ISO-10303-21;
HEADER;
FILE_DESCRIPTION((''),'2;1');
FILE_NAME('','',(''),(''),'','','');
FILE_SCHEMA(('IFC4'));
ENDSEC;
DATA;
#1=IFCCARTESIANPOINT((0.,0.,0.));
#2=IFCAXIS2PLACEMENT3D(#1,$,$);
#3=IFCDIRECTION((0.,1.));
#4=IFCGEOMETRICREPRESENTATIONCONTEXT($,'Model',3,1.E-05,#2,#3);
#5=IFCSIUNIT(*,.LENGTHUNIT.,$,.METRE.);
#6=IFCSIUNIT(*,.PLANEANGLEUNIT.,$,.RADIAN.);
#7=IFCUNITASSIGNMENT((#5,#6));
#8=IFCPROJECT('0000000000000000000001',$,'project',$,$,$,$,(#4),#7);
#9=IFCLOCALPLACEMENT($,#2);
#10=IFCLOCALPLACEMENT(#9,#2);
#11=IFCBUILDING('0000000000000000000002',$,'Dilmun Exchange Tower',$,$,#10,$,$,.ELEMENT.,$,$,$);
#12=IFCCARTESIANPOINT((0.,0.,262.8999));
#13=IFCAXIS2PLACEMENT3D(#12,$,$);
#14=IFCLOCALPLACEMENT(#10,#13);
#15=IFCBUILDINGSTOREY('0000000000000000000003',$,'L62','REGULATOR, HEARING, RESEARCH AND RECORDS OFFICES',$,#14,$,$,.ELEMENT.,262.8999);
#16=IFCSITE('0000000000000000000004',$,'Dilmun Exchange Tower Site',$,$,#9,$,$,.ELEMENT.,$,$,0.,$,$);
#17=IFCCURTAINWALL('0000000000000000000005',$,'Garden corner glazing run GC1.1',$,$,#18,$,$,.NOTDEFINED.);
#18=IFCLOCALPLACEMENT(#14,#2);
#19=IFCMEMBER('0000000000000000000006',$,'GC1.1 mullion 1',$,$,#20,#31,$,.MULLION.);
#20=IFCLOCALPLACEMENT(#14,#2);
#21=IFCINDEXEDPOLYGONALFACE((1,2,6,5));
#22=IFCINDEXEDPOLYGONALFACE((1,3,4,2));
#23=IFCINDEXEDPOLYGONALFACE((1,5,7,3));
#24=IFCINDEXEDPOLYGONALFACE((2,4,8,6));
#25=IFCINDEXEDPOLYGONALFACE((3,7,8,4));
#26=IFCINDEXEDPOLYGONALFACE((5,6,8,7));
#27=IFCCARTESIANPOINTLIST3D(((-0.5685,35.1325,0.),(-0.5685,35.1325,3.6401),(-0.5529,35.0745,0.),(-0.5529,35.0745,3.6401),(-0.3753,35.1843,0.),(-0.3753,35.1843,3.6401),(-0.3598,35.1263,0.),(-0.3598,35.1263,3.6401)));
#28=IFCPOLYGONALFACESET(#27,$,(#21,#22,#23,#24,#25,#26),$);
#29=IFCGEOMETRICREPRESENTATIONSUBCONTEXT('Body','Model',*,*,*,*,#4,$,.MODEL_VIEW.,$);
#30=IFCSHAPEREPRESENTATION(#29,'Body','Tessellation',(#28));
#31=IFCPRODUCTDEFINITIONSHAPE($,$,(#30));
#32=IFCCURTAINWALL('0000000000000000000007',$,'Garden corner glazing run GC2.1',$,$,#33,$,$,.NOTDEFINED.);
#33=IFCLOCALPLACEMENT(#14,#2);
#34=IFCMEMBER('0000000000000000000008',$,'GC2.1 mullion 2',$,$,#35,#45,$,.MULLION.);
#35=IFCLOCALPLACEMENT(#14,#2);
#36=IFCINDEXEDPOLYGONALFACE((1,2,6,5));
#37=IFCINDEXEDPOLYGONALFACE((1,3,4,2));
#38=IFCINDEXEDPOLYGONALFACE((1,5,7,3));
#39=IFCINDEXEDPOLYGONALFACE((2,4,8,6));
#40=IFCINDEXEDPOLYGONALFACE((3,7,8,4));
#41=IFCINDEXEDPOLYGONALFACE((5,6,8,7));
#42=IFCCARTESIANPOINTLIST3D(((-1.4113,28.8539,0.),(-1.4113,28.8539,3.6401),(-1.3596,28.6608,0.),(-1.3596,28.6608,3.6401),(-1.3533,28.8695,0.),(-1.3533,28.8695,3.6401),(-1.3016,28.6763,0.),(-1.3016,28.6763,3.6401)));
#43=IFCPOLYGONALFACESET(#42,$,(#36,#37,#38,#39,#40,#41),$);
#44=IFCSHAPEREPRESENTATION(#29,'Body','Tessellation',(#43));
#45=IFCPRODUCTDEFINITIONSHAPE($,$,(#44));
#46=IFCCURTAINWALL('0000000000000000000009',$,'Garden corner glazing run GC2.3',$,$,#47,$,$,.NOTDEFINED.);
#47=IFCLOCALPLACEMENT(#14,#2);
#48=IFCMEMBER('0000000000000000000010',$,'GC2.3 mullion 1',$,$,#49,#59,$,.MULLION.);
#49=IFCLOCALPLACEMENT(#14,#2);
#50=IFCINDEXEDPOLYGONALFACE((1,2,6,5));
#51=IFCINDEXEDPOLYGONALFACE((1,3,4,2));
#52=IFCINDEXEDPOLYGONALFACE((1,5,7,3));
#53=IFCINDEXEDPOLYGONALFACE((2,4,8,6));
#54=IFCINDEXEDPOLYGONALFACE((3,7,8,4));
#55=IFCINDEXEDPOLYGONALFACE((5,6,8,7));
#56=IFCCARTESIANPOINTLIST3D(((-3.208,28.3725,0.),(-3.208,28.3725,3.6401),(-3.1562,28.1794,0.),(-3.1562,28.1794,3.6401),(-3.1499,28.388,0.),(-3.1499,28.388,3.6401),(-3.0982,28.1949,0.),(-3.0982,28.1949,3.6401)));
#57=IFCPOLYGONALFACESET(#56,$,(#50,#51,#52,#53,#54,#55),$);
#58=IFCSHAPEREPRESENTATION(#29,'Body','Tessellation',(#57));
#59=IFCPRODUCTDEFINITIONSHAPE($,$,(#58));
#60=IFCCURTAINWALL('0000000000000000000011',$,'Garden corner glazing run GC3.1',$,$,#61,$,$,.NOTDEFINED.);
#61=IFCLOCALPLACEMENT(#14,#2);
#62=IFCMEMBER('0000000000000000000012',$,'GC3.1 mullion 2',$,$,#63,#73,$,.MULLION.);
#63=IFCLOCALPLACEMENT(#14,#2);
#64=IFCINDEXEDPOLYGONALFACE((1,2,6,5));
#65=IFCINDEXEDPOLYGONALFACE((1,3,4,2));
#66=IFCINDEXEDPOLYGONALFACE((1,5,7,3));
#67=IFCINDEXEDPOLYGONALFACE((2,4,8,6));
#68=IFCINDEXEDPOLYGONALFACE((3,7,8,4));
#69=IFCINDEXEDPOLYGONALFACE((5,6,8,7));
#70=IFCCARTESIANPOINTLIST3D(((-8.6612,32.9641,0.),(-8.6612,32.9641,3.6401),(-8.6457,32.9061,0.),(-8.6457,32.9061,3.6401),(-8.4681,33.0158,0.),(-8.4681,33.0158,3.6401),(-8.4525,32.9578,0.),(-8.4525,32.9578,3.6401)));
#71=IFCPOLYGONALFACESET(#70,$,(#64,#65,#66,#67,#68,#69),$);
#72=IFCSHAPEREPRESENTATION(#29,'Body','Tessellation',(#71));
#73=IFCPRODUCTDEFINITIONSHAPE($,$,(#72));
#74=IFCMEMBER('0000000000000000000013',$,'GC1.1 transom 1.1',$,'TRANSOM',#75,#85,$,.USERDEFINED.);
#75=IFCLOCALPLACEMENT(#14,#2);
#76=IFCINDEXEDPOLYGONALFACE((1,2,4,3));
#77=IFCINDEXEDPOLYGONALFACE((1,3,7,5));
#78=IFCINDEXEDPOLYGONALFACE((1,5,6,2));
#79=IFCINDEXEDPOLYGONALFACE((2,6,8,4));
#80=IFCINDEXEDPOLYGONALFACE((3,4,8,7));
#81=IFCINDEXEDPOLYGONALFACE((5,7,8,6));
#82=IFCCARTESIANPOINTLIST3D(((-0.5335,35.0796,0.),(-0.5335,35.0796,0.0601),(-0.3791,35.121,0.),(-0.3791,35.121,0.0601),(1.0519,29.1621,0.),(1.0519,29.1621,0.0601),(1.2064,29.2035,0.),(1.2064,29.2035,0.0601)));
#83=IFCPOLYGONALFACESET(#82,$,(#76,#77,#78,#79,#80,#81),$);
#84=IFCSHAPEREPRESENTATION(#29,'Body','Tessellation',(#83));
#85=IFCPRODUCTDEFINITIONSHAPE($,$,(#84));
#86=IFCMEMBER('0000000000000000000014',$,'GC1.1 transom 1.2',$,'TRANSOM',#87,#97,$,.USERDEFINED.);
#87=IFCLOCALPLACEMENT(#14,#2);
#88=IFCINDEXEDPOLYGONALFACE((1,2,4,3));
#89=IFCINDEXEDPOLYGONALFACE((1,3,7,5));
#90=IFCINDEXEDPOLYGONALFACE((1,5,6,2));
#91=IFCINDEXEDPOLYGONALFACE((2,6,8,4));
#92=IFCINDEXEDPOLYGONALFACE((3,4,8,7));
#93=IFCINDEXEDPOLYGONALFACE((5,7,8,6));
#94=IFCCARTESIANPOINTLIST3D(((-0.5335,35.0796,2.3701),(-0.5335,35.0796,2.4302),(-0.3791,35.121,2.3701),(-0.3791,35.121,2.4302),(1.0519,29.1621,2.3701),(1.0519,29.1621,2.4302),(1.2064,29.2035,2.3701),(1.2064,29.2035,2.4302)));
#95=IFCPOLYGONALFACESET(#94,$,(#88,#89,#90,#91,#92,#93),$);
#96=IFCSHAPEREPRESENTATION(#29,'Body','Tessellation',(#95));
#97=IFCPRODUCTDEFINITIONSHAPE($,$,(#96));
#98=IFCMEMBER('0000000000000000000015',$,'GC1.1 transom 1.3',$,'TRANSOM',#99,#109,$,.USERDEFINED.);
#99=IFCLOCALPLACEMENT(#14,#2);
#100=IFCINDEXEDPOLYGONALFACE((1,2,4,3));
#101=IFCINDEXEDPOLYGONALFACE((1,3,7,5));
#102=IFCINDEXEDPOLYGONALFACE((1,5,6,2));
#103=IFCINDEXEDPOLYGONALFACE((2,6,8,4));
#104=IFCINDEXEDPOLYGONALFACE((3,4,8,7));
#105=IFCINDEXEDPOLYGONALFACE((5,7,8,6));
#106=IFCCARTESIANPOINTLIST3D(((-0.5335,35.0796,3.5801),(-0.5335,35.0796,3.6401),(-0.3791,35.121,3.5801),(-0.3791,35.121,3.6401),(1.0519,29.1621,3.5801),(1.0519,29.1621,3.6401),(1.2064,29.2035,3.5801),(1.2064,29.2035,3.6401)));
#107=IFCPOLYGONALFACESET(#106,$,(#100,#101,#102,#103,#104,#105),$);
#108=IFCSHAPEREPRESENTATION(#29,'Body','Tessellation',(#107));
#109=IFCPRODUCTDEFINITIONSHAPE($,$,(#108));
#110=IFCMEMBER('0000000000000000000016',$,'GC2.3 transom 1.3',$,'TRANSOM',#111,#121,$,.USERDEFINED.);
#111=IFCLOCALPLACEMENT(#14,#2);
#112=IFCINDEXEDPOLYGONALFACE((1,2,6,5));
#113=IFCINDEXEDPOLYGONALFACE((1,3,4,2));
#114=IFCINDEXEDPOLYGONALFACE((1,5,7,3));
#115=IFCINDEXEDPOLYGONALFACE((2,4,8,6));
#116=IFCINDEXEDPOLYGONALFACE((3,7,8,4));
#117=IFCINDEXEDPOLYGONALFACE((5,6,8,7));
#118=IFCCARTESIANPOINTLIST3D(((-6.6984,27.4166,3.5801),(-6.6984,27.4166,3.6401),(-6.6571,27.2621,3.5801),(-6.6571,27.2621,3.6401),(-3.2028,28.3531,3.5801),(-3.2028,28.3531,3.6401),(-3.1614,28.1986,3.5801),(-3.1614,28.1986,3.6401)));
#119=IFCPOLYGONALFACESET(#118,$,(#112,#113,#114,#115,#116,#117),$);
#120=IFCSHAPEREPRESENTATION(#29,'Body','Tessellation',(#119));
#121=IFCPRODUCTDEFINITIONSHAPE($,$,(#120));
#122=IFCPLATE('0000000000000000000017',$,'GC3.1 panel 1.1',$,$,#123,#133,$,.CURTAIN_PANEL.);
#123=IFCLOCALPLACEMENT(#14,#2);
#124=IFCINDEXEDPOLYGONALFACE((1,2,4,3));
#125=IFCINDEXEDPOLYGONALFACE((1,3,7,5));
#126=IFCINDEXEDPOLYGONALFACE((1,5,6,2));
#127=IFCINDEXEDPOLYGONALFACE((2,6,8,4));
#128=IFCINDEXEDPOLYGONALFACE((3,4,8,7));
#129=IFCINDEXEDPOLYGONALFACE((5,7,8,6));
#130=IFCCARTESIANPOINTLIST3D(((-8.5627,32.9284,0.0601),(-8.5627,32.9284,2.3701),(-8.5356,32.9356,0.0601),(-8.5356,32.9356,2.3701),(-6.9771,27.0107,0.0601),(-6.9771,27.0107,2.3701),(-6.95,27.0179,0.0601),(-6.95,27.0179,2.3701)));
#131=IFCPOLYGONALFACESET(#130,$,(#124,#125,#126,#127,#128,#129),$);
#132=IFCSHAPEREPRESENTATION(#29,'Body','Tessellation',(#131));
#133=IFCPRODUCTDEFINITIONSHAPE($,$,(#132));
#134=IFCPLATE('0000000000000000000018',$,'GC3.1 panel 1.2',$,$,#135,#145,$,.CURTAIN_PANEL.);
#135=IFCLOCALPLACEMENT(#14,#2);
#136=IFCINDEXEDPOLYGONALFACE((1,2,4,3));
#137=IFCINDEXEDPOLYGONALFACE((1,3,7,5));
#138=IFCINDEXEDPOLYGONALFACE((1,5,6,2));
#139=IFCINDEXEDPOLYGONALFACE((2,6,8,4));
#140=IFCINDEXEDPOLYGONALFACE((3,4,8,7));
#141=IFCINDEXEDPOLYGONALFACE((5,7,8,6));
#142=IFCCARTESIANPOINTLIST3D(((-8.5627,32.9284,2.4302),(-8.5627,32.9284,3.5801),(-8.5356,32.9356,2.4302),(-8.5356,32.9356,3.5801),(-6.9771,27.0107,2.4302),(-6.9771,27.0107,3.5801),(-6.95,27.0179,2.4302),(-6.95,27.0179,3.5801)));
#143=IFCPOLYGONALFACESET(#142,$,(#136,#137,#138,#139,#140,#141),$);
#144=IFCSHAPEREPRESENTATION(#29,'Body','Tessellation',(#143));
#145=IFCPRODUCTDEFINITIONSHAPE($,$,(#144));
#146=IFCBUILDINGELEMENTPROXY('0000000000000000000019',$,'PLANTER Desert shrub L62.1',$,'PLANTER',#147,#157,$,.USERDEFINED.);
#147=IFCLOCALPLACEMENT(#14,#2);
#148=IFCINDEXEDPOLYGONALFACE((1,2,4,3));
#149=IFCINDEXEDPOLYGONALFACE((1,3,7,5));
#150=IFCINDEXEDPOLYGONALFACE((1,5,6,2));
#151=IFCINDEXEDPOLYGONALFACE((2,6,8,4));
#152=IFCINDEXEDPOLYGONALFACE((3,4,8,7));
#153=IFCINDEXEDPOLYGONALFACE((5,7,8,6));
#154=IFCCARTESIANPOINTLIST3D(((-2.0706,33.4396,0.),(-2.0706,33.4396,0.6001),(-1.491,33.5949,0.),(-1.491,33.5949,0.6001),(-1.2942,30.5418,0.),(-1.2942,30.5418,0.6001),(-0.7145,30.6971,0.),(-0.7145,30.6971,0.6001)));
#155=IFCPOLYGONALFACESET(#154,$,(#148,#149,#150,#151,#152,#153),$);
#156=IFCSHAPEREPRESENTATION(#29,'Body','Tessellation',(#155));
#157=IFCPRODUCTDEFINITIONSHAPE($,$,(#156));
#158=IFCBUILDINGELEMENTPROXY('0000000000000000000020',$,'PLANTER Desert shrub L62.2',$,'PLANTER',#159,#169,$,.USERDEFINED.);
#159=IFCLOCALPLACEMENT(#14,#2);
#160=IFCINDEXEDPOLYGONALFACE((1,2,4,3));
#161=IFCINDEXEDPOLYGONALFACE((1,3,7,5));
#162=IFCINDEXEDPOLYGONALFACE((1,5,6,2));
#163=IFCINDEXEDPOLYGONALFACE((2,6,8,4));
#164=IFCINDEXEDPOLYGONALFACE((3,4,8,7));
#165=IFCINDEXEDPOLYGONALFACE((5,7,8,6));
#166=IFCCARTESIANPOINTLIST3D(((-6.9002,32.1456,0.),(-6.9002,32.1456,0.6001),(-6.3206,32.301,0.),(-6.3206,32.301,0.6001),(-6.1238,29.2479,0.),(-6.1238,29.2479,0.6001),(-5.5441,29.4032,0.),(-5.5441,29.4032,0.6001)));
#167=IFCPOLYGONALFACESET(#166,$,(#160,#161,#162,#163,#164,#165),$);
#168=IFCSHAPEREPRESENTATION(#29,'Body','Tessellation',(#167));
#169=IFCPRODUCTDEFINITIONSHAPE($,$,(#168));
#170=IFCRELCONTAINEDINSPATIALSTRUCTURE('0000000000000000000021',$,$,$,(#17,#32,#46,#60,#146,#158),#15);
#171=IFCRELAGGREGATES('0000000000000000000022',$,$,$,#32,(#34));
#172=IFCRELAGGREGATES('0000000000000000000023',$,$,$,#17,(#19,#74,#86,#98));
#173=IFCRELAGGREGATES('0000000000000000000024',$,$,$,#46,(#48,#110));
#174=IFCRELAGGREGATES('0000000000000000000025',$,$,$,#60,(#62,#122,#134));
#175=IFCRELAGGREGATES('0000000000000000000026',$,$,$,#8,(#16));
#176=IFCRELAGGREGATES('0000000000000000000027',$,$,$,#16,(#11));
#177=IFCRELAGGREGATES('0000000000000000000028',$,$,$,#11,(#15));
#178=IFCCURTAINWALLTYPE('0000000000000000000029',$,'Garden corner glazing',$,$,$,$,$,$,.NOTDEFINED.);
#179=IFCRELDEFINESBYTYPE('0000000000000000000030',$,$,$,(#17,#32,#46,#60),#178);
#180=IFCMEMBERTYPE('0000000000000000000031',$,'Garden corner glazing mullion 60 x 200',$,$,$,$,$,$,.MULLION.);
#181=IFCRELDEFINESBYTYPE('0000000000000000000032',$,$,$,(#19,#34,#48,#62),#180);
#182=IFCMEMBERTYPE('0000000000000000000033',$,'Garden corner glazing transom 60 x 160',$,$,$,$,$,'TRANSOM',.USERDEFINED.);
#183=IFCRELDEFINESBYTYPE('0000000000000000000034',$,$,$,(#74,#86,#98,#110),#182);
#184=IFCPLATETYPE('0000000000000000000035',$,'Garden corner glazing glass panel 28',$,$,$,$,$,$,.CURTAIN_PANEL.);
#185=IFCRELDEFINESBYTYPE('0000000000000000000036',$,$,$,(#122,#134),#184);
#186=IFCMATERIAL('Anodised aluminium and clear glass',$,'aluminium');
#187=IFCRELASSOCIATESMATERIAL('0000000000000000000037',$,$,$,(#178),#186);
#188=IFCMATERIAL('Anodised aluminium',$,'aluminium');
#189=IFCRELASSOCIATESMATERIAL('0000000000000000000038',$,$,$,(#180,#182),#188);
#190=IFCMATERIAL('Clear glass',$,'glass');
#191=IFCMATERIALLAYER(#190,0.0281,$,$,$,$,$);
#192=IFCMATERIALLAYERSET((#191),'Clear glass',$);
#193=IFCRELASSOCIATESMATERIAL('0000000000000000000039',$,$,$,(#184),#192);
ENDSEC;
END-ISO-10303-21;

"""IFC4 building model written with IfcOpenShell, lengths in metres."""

from ifc_helpers import new_model, si_unit, direction, frame, origin, origin_2d, place, context, subcontext, project, spatial, rectangle, extrude, material, layer, layer_set, material_profile, profile_set, type_object, element, aggregate, save


model = new_model("IFC4")

# Units and contexts
model_context = context("Model", 3, precision=1e-05, world=origin(), true_north=direction((0.0, 1.0)))
body_context = subcontext(model_context, "Body", "Model", "MODEL_VIEW")
ifc_project = project(units=[si_unit("LENGTHUNIT", "METRE"), si_unit("PLANEANGLEUNIT", "RADIAN")], contexts=[model_context])

# Site, building, storey
site_placement = place(None, origin())
site = spatial("IfcSite", under=ifc_project, at=site_placement, Name="Dilmun Exchange Tower Site", CompositionType="ELEMENT", RefElevation=0.0)
building_placement = place(site_placement, origin())
building = spatial("IfcBuilding", under=site, at=building_placement, Name="Dilmun Exchange Tower", CompositionType="ELEMENT")
storey_placement = place(building_placement, frame((0.0, 0.0, 262.8999)))
storey = spatial("IfcBuildingStorey", under=building, at=storey_placement, Name="L62", Description="REGULATOR, HEARING, RESEARCH AND RECORDS OFFICES", CompositionType="ELEMENT", Elevation=262.8999)

# Curtain walls, members
ifc_material_1 = material(Name="Anodised aluminium and clear glass", Category="aluminium")
curtain_wall_type = type_object("IfcCurtainWallType", Name="Garden corner glazing", PredefinedType="NOTDEFINED", material=ifc_material_1)
curtain_wall_1_placement = place(storey_placement, origin())
curtain_wall_1 = element("IfcCurtainWall", 1, at=curtain_wall_1_placement, inside=storey, type_object=curtain_wall_type, Name="Garden corner glazing run GC1.1", PredefinedType="NOTDEFINED")
ifc_material_2 = material(Name="Anodised aluminium", Category="aluminium")
ifc_material_profile_1 = material_profile(ifc_material_2, rectangle(XDim=0.2, YDim=0.0601, at=origin_2d()), Name="AL 60x200")
ifc_profile_set_1 = profile_set([ifc_material_profile_1], Name="Anodised aluminium")
member_type_1 = type_object("IfcMemberType", Name="Garden corner glazing mullion 60 x 200", PredefinedType="MULLION", material=ifc_profile_set_1)
member_1_placement = place(storey_placement, frame((-0.4641, 35.1294, 0.0), z_axis=(0.0, 0.0, 1.0), x_axis=(0.965926, 0.258819, 0.0)))
member_1 = element("IfcMember", 2, at=member_1_placement, type_object=member_type_1, Name="GC1.1 mullion 1", PredefinedType="MULLION", context=body_context, shape_type="SweptSolid", body=[
    extrude(rectangle(XDim=0.2, YDim=0.0601, at=origin_2d()), origin(), (0.0, 0.0, 1.0), 3.6401),
])
curtain_wall_2_placement = place(storey_placement, origin())
curtain_wall_2 = element("IfcCurtainWall", 3, at=curtain_wall_2_placement, inside=storey, type_object=curtain_wall_type, Name="Garden corner glazing run GC2.1", PredefinedType="NOTDEFINED")
member_2_placement = place(storey_placement, frame((-1.3564, 28.7651, 0.0), z_axis=(0.0, 0.0, 1.0), x_axis=(0.25881, -0.965928, 0.0)))
member_2 = element("IfcMember", 4, at=member_2_placement, type_object=member_type_1, Name="GC2.1 mullion 2", PredefinedType="MULLION", context=body_context, shape_type="SweptSolid", body=[
    extrude(rectangle(XDim=0.2, YDim=0.0601, at=origin_2d()), origin(), (0.0, 0.0, 1.0), 3.6401),
])
aggregate(curtain_wall_2, [member_2])
curtain_wall_3_placement = place(storey_placement, origin())
curtain_wall_3 = element("IfcCurtainWall", 5, at=curtain_wall_3_placement, inside=storey, type_object=curtain_wall_type, Name="Garden corner glazing run GC2.3", PredefinedType="NOTDEFINED")
member_3_placement = place(storey_placement, frame((-3.1531, 28.2837, 0.0), z_axis=(0.0, 0.0, 1.0), x_axis=(0.258813, -0.965928, 0.0)))
member_3 = element("IfcMember", 6, at=member_3_placement, type_object=member_type_1, Name="GC2.3 mullion 1", PredefinedType="MULLION", context=body_context, shape_type="SweptSolid", body=[
    extrude(rectangle(XDim=0.2, YDim=0.0601, at=origin_2d()), origin(), (0.0, 0.0, 1.0), 3.6401),
])
curtain_wall_4_placement = place(storey_placement, origin())
curtain_wall_4 = element("IfcCurtainWall", 7, at=curtain_wall_4_placement, inside=storey, type_object=curtain_wall_type, Name="Garden corner glazing run GC3.1", PredefinedType="NOTDEFINED")
member_4_placement = place(storey_placement, frame((-8.5569, 32.9609, 0.0), z_axis=(0.0, 0.0, 1.0), x_axis=(-0.965926, -0.258819, 0.0)))
member_4 = element("IfcMember", 8, at=member_4_placement, type_object=member_type_1, Name="GC3.1 mullion 2", PredefinedType="MULLION", context=body_context, shape_type="SweptSolid", body=[
    extrude(rectangle(XDim=0.2, YDim=0.0601, at=origin_2d()), origin(), (0.0, 0.0, 1.0), 3.6401),
])

# Members
ifc_material_profile_2 = material_profile(ifc_material_2, rectangle(XDim=0.1599, YDim=0.0601, at=origin_2d()), Name="AL 60x160")
ifc_profile_set_2 = profile_set([ifc_material_profile_2], Name="Anodised aluminium")
member_type_2 = type_object("IfcMemberType", Name="Garden corner glazing transom 60 x 160", ElementType="TRANSOM", PredefinedType="USERDEFINED", material=ifc_profile_set_2)
member_5_placement = place(storey_placement, frame((-0.4563, 35.1003, 0.03), z_axis=(0.258799, -0.965931, 0.0), x_axis=(0.965931, 0.258799, 0.0)))
member_5 = element("IfcMember", 9, at=member_5_placement, type_object=member_type_2, Name="GC1.1 transom 1.1", ObjectType="TRANSOM", PredefinedType="USERDEFINED", context=body_context, shape_type="SweptSolid", body=[
    extrude(rectangle(XDim=0.1599, YDim=0.0601, at=origin_2d()), origin(), (0.0, 0.0, 1.0), 6.1262),
])
member_6_placement = place(storey_placement, frame((-0.4563, 35.1003, 2.4001), z_axis=(0.258799, -0.965931, 0.0), x_axis=(0.965931, 0.258799, 0.0)))
member_6 = element("IfcMember", 10, at=member_6_placement, type_object=member_type_2, Name="GC1.1 transom 1.2", ObjectType="TRANSOM", PredefinedType="USERDEFINED", context=body_context, shape_type="SweptSolid", body=[
    extrude(rectangle(XDim=0.1599, YDim=0.0601, at=origin_2d()), origin(), (0.0, 0.0, 1.0), 6.1262),
])
member_7_placement = place(storey_placement, frame((-0.4563, 35.1003, 3.6101), z_axis=(0.258799, -0.965931, 0.0), x_axis=(0.965931, 0.258799, 0.0)))
member_7 = element("IfcMember", 11, at=member_7_placement, type_object=member_type_2, Name="GC1.1 transom 1.3", ObjectType="TRANSOM", PredefinedType="USERDEFINED", context=body_context, shape_type="SweptSolid", body=[
    extrude(rectangle(XDim=0.1599, YDim=0.0601, at=origin_2d()), origin(), (0.0, 0.0, 1.0), 6.1262),
])
aggregate(curtain_wall_1, [member_1, member_5, member_6, member_7])
member_8_placement = place(storey_placement, frame((-3.1821, 28.2759, 3.6101), z_axis=(-0.965934, -0.258788, 0.0), x_axis=(0.258788, -0.965934, 0.0)))
member_8 = element("IfcMember", 12, at=member_8_placement, type_object=member_type_2, Name="GC2.3 transom 1.3", ObjectType="TRANSOM", PredefinedType="USERDEFINED", context=body_context, shape_type="SweptSolid", body=[
    extrude(rectangle(XDim=0.1599, YDim=0.0601, at=origin_2d()), origin(), (0.0, 0.0, 1.0), 3.6189),
])
aggregate(curtain_wall_3, [member_3, member_8])

# Plates
ifc_material_3 = material(Name="Clear glass", Category="glass")
ifc_layer_1 = layer(ifc_material_3, 0.0281)
ifc_layer_set_1 = layer_set([ifc_layer_1], Name="Clear glass")
plate_type = type_object("IfcPlateType", Name="Garden corner glazing glass panel 28", PredefinedType="CURTAIN_PANEL", material=ifc_layer_set_1)
plate_1_placement = place(storey_placement, frame((-7.7563, 29.9731, 0.0601), z_axis=(0.0, 0.0, 1.0), x_axis=(-0.258819, 0.965926, 0.0)))
plate_1 = element("IfcPlate", 13, at=plate_1_placement, type_object=plate_type, Name="GC3.1 panel 1.1", PredefinedType="CURTAIN_PANEL", context=body_context, shape_type="SweptSolid", body=[
    extrude(rectangle(XDim=6.1265, YDim=0.0281, at=origin_2d()), origin(), (0.0, 0.0, 1.0), 2.3101),
])
plate_2_placement = place(storey_placement, frame((-7.7563, 29.9731, 2.4302), z_axis=(0.0, 0.0, 1.0), x_axis=(-0.258819, 0.965926, 0.0)))
plate_2 = element("IfcPlate", 14, at=plate_2_placement, type_object=plate_type, Name="GC3.1 panel 1.2", PredefinedType="CURTAIN_PANEL", context=body_context, shape_type="SweptSolid", body=[
    extrude(rectangle(XDim=6.1265, YDim=0.0281, at=origin_2d()), origin(), (0.0, 0.0, 1.0), 1.1499),
])
aggregate(curtain_wall_4, [member_4, plate_1, plate_2])

# Building element proxies
for number, where, z_axis, x_axis, name in (
    (15, (-1.3926, 32.0684, 0.0), (0.0, 0.0, 1.0), (-0.258819, 0.965926, 0.0), "PLANTER Desert shrub L62.1"),
    (16, (-6.2222, 30.7744, 0.0), (0.0, 0.0, 1.0), (-0.258819, 0.965926, 0.0), "PLANTER Desert shrub L62.2"),
):
    element("IfcBuildingElementProxy", number, at=place(storey_placement, frame(where, z_axis=z_axis, x_axis=x_axis)), inside=storey, Name=name, ObjectType="PLANTER", PredefinedType="USERDEFINED", context=body_context, shape_type="SweptSolid", body=[
        extrude(rectangle(XDim=3.0, YDim=0.6001, at=origin_2d()), origin(), (0.0, 0.0, 1.0), 0.6001),
    ])

save(model, "model.ifc")
